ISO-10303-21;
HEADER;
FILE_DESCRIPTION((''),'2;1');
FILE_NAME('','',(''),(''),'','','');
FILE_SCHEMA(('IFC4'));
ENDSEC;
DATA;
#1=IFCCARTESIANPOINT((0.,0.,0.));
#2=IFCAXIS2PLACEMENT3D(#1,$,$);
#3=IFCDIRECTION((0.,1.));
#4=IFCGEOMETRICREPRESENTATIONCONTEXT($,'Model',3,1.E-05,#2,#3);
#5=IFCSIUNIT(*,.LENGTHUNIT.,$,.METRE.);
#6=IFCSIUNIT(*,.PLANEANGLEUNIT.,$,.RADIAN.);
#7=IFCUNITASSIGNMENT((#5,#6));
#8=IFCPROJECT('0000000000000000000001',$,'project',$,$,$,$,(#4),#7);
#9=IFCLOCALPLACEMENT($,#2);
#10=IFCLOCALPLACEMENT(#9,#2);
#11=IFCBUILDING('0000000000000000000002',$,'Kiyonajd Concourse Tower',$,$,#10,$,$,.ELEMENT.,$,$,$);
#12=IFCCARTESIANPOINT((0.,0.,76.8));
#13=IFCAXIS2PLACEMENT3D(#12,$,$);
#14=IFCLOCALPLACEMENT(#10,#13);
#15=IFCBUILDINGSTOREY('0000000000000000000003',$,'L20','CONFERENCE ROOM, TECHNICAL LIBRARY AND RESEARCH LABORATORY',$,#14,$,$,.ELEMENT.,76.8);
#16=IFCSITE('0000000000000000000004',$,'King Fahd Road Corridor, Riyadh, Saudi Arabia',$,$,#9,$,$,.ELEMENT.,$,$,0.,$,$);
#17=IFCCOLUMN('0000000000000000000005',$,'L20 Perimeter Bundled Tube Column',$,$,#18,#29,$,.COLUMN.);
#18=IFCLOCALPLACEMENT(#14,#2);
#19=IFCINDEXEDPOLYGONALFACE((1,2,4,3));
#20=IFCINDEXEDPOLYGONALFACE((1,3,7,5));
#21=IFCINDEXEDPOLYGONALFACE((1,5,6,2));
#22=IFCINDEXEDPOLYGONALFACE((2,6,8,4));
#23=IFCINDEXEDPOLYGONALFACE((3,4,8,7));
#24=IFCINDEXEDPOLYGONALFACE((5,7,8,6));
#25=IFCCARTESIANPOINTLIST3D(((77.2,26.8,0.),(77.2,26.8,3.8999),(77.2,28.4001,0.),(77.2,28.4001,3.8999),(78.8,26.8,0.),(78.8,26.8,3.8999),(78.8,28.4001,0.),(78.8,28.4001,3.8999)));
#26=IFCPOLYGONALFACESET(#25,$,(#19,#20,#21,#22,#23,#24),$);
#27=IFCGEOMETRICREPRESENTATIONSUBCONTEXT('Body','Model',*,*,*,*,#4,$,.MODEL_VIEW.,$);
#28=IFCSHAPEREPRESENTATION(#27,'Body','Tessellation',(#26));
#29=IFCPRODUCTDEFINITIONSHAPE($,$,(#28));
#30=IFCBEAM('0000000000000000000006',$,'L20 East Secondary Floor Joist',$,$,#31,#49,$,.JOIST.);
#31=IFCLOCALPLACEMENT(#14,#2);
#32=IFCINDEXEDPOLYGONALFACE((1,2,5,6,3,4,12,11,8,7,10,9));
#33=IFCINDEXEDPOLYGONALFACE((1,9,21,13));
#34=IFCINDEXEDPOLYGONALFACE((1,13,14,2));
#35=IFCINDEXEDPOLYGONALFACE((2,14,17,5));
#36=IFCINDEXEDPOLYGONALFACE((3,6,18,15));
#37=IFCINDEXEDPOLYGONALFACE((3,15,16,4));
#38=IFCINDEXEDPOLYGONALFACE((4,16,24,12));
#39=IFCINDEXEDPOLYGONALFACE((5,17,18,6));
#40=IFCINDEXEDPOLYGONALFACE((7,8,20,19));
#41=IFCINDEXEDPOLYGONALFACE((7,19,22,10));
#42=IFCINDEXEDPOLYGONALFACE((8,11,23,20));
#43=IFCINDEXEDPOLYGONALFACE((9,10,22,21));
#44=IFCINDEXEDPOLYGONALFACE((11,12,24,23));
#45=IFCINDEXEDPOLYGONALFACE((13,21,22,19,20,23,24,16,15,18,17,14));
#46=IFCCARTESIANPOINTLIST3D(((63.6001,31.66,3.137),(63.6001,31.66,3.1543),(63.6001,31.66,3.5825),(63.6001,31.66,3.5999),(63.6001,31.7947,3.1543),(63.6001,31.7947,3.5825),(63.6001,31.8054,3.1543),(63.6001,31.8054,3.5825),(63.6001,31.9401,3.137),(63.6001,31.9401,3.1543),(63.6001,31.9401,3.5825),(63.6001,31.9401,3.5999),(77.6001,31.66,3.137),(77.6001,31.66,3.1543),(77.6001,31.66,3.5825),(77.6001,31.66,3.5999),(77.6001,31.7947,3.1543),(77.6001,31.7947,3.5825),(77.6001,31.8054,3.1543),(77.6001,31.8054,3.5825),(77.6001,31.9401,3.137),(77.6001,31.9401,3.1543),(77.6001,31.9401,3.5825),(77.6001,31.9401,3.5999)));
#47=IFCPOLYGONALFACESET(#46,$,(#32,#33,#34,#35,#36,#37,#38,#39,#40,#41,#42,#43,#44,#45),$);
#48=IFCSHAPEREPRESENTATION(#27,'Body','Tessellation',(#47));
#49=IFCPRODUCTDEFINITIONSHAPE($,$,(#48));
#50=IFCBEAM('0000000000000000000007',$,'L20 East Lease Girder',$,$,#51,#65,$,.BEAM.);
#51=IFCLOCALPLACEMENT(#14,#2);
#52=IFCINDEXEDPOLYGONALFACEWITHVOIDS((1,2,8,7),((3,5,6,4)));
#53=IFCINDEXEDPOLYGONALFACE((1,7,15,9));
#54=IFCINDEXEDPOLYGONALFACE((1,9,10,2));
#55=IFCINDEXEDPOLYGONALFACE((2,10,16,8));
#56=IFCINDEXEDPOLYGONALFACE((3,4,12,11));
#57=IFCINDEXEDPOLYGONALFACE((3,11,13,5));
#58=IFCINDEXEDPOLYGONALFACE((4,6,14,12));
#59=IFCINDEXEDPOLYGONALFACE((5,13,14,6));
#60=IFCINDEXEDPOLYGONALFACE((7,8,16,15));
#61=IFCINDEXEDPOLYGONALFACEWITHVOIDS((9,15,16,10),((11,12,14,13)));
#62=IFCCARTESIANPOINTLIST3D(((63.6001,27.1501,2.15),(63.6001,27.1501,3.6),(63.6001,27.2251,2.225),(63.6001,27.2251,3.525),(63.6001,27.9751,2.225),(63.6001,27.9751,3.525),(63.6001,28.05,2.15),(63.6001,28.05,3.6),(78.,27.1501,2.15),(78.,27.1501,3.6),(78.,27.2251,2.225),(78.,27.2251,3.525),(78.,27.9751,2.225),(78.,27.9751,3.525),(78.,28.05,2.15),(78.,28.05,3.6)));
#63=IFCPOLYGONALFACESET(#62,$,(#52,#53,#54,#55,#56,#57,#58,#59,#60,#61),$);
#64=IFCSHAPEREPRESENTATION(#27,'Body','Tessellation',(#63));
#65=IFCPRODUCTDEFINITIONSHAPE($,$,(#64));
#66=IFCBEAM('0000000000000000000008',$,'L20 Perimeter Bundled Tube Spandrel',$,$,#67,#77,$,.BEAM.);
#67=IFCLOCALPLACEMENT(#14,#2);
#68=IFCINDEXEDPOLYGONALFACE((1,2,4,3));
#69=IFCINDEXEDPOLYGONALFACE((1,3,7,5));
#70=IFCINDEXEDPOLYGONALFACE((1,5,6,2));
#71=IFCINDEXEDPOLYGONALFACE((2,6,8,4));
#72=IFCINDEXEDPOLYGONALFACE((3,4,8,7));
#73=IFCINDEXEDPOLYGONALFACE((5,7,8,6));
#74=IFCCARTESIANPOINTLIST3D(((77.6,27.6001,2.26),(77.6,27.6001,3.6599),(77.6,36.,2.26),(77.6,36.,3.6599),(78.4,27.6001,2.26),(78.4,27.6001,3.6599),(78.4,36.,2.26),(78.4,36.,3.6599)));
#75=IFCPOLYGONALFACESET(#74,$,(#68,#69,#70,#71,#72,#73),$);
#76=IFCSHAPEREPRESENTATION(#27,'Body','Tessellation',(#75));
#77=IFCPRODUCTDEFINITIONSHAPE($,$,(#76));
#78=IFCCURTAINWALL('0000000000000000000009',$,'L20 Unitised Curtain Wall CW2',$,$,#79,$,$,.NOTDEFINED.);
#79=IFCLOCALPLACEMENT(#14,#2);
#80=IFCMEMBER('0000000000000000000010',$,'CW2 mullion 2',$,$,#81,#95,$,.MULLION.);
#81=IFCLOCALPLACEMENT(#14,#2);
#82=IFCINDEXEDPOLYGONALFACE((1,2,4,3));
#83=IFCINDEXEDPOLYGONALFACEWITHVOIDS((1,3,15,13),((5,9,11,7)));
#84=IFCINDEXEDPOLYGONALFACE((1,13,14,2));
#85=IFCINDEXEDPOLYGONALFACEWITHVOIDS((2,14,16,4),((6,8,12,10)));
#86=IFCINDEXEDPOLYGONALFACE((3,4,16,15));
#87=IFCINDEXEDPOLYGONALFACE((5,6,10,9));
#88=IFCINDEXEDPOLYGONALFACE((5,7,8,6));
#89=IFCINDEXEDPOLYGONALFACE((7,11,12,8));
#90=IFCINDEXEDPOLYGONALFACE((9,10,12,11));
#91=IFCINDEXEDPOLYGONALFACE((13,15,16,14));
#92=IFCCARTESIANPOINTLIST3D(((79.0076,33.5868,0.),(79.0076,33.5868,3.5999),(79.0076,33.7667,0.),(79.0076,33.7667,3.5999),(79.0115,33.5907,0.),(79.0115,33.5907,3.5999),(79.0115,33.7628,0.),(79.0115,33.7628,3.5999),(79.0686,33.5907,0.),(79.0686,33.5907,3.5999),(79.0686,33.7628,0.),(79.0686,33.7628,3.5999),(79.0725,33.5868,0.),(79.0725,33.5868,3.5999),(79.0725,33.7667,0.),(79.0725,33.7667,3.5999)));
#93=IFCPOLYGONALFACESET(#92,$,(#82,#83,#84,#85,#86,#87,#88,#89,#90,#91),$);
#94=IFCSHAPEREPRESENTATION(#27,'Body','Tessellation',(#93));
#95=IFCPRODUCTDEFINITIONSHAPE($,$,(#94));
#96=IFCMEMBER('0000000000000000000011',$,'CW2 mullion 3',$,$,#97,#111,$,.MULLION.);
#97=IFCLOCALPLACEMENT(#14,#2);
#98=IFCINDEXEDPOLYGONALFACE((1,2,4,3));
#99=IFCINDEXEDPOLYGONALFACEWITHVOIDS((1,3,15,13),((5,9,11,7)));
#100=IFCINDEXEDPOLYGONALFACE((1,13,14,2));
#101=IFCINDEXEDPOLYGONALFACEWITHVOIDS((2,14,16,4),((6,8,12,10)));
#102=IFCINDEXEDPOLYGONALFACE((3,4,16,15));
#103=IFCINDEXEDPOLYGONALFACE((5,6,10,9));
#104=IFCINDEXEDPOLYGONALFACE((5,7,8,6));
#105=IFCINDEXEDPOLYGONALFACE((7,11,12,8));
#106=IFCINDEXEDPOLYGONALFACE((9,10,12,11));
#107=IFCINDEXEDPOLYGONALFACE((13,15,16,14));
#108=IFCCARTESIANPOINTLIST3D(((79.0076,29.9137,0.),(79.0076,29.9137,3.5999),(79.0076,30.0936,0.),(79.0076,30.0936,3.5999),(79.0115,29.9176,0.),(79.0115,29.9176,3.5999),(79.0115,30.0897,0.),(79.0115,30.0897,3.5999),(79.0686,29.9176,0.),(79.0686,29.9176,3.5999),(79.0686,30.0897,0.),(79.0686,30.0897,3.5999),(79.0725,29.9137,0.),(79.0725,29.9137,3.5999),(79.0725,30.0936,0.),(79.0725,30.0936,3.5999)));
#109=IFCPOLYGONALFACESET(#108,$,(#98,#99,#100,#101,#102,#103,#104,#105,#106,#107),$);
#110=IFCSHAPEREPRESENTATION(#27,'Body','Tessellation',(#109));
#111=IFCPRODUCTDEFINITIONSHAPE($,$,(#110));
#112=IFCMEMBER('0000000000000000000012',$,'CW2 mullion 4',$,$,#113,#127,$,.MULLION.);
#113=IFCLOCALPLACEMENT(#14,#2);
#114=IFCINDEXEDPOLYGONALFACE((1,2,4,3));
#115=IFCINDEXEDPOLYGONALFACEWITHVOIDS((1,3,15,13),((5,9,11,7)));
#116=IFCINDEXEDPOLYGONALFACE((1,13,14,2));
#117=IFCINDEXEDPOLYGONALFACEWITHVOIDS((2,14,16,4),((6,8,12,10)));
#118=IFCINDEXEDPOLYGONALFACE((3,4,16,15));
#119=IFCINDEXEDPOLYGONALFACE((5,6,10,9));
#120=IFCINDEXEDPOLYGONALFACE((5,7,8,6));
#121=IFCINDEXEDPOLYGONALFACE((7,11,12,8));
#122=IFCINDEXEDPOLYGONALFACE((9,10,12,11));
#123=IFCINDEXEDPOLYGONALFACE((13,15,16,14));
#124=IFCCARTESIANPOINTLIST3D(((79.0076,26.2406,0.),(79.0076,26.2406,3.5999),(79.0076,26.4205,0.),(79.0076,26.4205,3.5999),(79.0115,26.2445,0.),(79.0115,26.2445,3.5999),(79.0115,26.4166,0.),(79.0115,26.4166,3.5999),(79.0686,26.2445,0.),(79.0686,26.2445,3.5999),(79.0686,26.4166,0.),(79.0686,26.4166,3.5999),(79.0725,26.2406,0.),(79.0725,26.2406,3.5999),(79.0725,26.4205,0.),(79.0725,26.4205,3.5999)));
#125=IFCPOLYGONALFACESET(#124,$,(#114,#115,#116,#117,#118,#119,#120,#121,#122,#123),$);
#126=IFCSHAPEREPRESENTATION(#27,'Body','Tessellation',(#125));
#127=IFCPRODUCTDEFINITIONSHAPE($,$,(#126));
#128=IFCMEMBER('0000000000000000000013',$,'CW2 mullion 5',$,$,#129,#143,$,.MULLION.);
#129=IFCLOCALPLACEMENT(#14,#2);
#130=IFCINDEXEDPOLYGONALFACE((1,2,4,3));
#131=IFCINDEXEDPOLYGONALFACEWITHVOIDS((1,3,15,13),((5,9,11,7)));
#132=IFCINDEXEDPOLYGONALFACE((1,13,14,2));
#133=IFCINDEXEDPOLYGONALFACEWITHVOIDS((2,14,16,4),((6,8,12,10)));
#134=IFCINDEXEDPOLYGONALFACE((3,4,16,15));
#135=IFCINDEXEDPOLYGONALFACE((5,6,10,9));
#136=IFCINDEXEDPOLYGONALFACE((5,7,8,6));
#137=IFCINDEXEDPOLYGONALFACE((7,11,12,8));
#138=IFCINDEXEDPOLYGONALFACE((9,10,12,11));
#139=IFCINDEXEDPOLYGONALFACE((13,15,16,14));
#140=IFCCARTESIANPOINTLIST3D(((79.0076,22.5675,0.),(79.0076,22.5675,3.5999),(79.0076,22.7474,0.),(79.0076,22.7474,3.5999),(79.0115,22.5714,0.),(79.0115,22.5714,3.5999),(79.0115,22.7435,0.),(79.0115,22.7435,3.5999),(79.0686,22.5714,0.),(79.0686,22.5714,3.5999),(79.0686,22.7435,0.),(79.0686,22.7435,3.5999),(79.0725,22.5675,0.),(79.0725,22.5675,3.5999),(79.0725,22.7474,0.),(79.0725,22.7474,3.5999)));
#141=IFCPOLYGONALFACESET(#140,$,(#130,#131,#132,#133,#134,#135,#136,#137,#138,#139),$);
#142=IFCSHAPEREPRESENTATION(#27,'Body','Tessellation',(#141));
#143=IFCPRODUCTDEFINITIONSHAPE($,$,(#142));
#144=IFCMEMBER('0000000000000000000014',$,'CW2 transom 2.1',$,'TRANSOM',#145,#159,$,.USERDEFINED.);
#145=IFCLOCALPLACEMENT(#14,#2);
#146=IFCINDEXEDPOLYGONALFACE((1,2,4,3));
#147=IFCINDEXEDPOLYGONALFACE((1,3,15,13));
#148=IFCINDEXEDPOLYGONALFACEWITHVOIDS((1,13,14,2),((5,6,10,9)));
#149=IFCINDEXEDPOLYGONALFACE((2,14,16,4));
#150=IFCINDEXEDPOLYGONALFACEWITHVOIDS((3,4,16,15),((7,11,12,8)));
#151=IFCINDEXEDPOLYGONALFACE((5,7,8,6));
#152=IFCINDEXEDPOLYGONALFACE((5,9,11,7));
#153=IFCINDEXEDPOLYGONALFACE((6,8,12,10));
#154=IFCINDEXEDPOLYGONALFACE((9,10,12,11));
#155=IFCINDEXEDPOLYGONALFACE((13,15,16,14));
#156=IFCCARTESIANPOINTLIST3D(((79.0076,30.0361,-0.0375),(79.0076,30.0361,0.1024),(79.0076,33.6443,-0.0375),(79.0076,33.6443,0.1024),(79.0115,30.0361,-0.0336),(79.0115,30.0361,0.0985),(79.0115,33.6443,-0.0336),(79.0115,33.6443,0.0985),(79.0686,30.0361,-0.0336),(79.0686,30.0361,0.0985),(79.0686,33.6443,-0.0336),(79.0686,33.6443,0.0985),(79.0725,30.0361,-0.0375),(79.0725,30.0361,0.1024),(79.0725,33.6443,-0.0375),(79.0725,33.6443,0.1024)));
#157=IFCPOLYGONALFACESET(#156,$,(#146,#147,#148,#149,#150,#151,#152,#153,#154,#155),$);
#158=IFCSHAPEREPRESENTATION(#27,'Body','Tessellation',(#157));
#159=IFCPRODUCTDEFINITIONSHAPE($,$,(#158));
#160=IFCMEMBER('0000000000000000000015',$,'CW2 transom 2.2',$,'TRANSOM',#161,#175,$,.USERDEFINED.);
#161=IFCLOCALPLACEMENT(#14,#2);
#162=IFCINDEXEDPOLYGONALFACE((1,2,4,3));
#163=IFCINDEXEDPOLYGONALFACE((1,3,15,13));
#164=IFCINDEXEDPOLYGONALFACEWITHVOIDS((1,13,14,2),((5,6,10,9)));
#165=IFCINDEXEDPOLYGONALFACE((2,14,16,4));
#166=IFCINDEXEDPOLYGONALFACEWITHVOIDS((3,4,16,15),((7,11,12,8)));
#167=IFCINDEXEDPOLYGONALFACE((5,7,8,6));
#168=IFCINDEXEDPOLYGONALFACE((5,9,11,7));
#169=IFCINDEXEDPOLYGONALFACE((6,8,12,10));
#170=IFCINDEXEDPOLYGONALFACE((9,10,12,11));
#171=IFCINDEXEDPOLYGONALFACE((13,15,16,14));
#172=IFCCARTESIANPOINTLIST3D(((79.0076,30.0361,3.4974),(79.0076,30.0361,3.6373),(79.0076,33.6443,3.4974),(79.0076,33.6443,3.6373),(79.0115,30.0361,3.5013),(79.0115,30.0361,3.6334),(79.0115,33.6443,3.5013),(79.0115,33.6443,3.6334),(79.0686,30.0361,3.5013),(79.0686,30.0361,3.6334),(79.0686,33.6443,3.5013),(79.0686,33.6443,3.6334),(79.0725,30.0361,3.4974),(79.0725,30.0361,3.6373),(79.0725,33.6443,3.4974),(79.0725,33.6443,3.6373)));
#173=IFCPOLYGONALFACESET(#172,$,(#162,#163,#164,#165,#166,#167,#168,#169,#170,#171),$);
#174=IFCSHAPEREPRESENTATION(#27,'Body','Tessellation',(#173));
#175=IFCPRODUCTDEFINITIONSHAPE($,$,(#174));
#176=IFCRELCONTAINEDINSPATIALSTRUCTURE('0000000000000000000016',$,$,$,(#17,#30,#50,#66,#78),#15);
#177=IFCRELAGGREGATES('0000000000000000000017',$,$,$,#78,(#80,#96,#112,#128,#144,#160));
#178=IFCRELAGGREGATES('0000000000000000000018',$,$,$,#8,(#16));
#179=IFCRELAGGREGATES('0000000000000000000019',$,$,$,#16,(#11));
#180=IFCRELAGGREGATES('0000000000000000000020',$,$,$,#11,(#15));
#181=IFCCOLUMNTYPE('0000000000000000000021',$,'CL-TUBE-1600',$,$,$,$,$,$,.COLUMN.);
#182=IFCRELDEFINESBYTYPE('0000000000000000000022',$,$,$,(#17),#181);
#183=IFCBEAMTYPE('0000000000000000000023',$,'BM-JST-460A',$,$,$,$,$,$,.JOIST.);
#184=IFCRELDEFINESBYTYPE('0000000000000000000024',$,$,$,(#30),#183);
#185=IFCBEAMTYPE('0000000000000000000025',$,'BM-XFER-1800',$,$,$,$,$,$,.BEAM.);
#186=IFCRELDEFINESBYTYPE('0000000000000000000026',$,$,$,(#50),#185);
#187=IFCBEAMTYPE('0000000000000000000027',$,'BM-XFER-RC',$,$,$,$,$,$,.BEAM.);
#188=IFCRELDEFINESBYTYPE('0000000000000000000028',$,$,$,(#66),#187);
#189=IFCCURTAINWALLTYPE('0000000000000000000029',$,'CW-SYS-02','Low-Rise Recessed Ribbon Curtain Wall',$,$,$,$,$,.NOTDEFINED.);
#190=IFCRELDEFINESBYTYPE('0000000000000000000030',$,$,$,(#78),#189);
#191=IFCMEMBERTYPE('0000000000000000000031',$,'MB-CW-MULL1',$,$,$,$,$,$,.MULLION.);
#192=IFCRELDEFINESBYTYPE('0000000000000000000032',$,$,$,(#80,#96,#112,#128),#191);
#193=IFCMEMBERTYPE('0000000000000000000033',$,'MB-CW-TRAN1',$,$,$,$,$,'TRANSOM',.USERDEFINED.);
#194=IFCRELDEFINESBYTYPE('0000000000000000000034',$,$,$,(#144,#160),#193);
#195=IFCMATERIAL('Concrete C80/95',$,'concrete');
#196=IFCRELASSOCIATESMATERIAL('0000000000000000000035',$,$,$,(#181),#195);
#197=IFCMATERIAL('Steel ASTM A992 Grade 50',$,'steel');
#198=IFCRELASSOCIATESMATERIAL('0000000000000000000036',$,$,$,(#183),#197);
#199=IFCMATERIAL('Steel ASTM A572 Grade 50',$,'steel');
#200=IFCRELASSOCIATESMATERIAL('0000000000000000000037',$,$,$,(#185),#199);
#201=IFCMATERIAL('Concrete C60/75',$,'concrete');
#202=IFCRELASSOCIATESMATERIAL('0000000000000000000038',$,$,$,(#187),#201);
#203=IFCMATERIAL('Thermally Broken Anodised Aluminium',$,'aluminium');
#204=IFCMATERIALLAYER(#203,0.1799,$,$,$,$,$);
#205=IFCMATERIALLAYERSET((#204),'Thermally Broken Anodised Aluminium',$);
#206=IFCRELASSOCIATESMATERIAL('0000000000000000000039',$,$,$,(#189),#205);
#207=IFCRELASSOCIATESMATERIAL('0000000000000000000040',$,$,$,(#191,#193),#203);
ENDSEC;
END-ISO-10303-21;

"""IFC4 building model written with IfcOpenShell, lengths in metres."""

from ifc_helpers import new_model, si_unit, direction, frame, origin, origin_2d, place, context, subcontext, project, spatial, rectangle, hollow_rectangle, i_section, extrude, material, layer, layer_set, material_profile, profile_set, type_object, element, aggregate, save


model = new_model("IFC4")

# Units and contexts
model_context = context("Model", 3, precision=1e-05, world=origin(), true_north=direction((0.0, 1.0)))
body_context = subcontext(model_context, "Body", "Model", "MODEL_VIEW")
ifc_project = project(units=[si_unit("LENGTHUNIT", "METRE"), si_unit("PLANEANGLEUNIT", "RADIAN")], contexts=[model_context])

# Site, building, storey
site_placement = place(None, origin())
site = spatial("IfcSite", under=ifc_project, at=site_placement, Name="King Fahd Road Corridor, Riyadh, Saudi Arabia", CompositionType="ELEMENT", RefElevation=0.0)
building_placement = place(site_placement, origin())
building = spatial("IfcBuilding", under=site, at=building_placement, Name="Kiyonajd Concourse Tower", CompositionType="ELEMENT")
storey_placement = place(building_placement, frame((0.0, 0.0, 76.8)))
storey = spatial("IfcBuildingStorey", under=building, at=storey_placement, Name="L20", Description="CONFERENCE ROOM, TECHNICAL LIBRARY AND RESEARCH LABORATORY", CompositionType="ELEMENT", Elevation=76.8)

# Column
ifc_material_1 = material(Name="Concrete C80/95", Category="concrete")
ifc_material_profile_1 = material_profile(ifc_material_1, rectangle(XDim=1.6001, YDim=1.6001, at=origin_2d()), Name="RC-1600x1600")
ifc_profile_set_1 = profile_set([ifc_material_profile_1], Name="Concrete C80/95")
column_type = type_object("IfcColumnType", Name="CL-TUBE-1600", PredefinedType="COLUMN", material=ifc_profile_set_1)
column_placement = place(storey_placement, frame((78.0, 27.6001, 0.0), z_axis=(0.0, 0.0, 1.0), x_axis=(1.0, 0.0, 0.0)))
element("IfcColumn", 1, at=column_placement, inside=storey, type_object=column_type, Name="L20 Perimeter Bundled Tube Column", PredefinedType="COLUMN", context=body_context, shape_type="SweptSolid", body=[
    extrude(rectangle(XDim=1.6001, YDim=1.6001, at=origin_2d()), origin(), (0.0, 0.0, 1.0), 3.8999),
])

# Beams
ifc_material_2 = material(Name="Steel ASTM A992 Grade 50", Category="steel")
ifc_material_profile_2 = material_profile(ifc_material_2, i_section(OverallWidth=0.28, OverallDepth=0.4629, WebThickness=0.0107, FlangeThickness=0.0173, at=origin_2d()), Name="W460X113")
ifc_profile_set_2 = profile_set([ifc_material_profile_2], Name="Steel ASTM A992 Grade 50")
beam_type_1 = type_object("IfcBeamType", Name="BM-JST-460A", PredefinedType="JOIST", material=ifc_profile_set_2)
beam_1_placement = place(storey_placement, frame((63.6001, 31.8, 3.3684), z_axis=(1.0, 0.0, 0.0), x_axis=(0.0, 1.0, 0.0)))
element("IfcBeam", 2, at=beam_1_placement, inside=storey, type_object=beam_type_1, Name="L20 East Secondary Floor Joist", PredefinedType="JOIST", context=body_context, shape_type="SweptSolid", body=[
    extrude(i_section(OverallWidth=0.28, OverallDepth=0.4629, WebThickness=0.0107, FlangeThickness=0.0173, at=origin_2d()), origin(), (0.0, 0.0, 1.0), 14.0),
])
ifc_material_3 = material(Name="Steel ASTM A572 Grade 50", Category="steel")
ifc_material_profile_3 = material_profile(ifc_material_3, hollow_rectangle(XDim=0.8999, YDim=1.45, WallThickness=0.075, at=origin_2d()), Name="BOX-1450x900x75")
ifc_profile_set_3 = profile_set([ifc_material_profile_3], Name="Steel ASTM A572 Grade 50")
beam_type_2 = type_object("IfcBeamType", Name="BM-XFER-1800", PredefinedType="BEAM", material=ifc_profile_set_3)
beam_2_placement = place(storey_placement, frame((63.6001, 27.6001, 2.875), z_axis=(1.0, 0.0, 0.0), x_axis=(0.0, 1.0, 0.0)))
element("IfcBeam", 3, at=beam_2_placement, inside=storey, type_object=beam_type_2, Name="L20 East Lease Girder", PredefinedType="BEAM", context=body_context, shape_type="SweptSolid", body=[
    extrude(hollow_rectangle(XDim=0.8999, YDim=1.45, WallThickness=0.075, at=origin_2d()), origin(), (0.0, 0.0, 1.0), 14.3999),
])
ifc_material_4 = material(Name="Concrete C60/75", Category="concrete")
ifc_material_profile_4 = material_profile(ifc_material_4, rectangle(XDim=0.8, YDim=1.3999, at=origin_2d()), Name="RCBM-800x1400")
ifc_profile_set_4 = profile_set([ifc_material_profile_4], Name="Concrete C60/75")
beam_type_3 = type_object("IfcBeamType", Name="BM-XFER-RC", PredefinedType="BEAM", material=ifc_profile_set_4)
beam_3_placement = place(storey_placement, frame((78.0, 27.6001, 2.96), z_axis=(0.0, 1.0, 0.0), x_axis=(-1.0, 0.0, 0.0)))
element("IfcBeam", 4, at=beam_3_placement, inside=storey, type_object=beam_type_3, Name="L20 Perimeter Bundled Tube Spandrel", PredefinedType="BEAM", context=body_context, shape_type="SweptSolid", body=[
    extrude(rectangle(XDim=0.8, YDim=1.3999, at=origin_2d()), origin(), (0.0, 0.0, 1.0), 8.3999),
])

# Curtain wall, members
ifc_material_5 = material(Name="Thermally Broken Anodised Aluminium", Category="aluminium")
ifc_layer_1 = layer(ifc_material_5, 0.1799)
ifc_layer_set_1 = layer_set([ifc_layer_1], Name="Thermally Broken Anodised Aluminium")
curtain_wall_type = type_object("IfcCurtainWallType", Name="CW-SYS-02", Description="Low-Rise Recessed Ribbon Curtain Wall", PredefinedType="NOTDEFINED", material=ifc_layer_set_1)
curtain_wall_placement = place(storey_placement, origin())
curtain_wall = element("IfcCurtainWall", 5, at=curtain_wall_placement, inside=storey, type_object=curtain_wall_type, Name="L20 Unitised Curtain Wall CW2", PredefinedType="NOTDEFINED")
ifc_material_profile_5 = material_profile(ifc_material_5, hollow_rectangle(XDim=0.0649, YDim=0.1799, WallThickness=0.0039, at=origin_2d()), Name="MULL-65x180")
ifc_profile_set_5 = profile_set([ifc_material_profile_5], Name="Thermally Broken Anodised Aluminium")
member_type_1 = type_object("IfcMemberType", Name="MB-CW-MULL1", PredefinedType="MULLION", material=ifc_profile_set_5)
member_1_placement = place(storey_placement, frame((79.04, 33.6768, 0.0), z_axis=(0.0, 0.0, 1.0), x_axis=(1.0, 0.0, 0.0)))
member_1 = element("IfcMember", 6, at=member_1_placement, type_object=member_type_1, Name="CW2 mullion 2", PredefinedType="MULLION", context=body_context, shape_type="SweptSolid", body=[
    extrude(hollow_rectangle(XDim=0.0649, YDim=0.1799, WallThickness=0.0039, at=origin_2d()), origin(), (0.0, 0.0, 1.0), 3.5999),
])
member_2_placement = place(storey_placement, frame((79.04, 30.0037, 0.0), z_axis=(0.0, 0.0, 1.0), x_axis=(1.0, 0.0, 0.0)))
member_2 = element("IfcMember", 7, at=member_2_placement, type_object=member_type_1, Name="CW2 mullion 3", PredefinedType="MULLION", context=body_context, shape_type="SweptSolid", body=[
    extrude(hollow_rectangle(XDim=0.0649, YDim=0.1799, WallThickness=0.0039, at=origin_2d()), origin(), (0.0, 0.0, 1.0), 3.5999),
])
member_3_placement = place(storey_placement, frame((79.04, 26.3306, 0.0), z_axis=(0.0, 0.0, 1.0), x_axis=(1.0, 0.0, 0.0)))
member_3 = element("IfcMember", 8, at=member_3_placement, type_object=member_type_1, Name="CW2 mullion 4", PredefinedType="MULLION", context=body_context, shape_type="SweptSolid", body=[
    extrude(hollow_rectangle(XDim=0.0649, YDim=0.1799, WallThickness=0.0039, at=origin_2d()), origin(), (0.0, 0.0, 1.0), 3.5999),
])
member_4_placement = place(storey_placement, frame((79.04, 22.6575, 0.0), z_axis=(0.0, 0.0, 1.0), x_axis=(1.0, 0.0, 0.0)))
member_4 = element("IfcMember", 9, at=member_4_placement, type_object=member_type_1, Name="CW2 mullion 5", PredefinedType="MULLION", context=body_context, shape_type="SweptSolid", body=[
    extrude(hollow_rectangle(XDim=0.0649, YDim=0.1799, WallThickness=0.0039, at=origin_2d()), origin(), (0.0, 0.0, 1.0), 3.5999),
])
ifc_material_profile_6 = material_profile(ifc_material_5, hollow_rectangle(XDim=0.0649, YDim=0.1399, WallThickness=0.0039, at=origin_2d()), Name="TRAN-65x140")
ifc_profile_set_6 = profile_set([ifc_material_profile_6], Name="Thermally Broken Anodised Aluminium")
member_type_2 = type_object("IfcMemberType", Name="MB-CW-TRAN1", ElementType="TRANSOM", PredefinedType="USERDEFINED", material=ifc_profile_set_6)
member_5_placement = place(storey_placement, frame((79.04, 33.6443, 0.0325), z_axis=(0.0, -1.0, 0.0), x_axis=(1.0, 0.0, 0.0)))
member_5 = element("IfcMember", 10, at=member_5_placement, type_object=member_type_2, Name="CW2 transom 2.1", ObjectType="TRANSOM", PredefinedType="USERDEFINED", context=body_context, shape_type="SweptSolid", body=[
    extrude(hollow_rectangle(XDim=0.0649, YDim=0.1399, WallThickness=0.0039, at=origin_2d()), origin(), (0.0, 0.0, 1.0), 3.6082),
])
member_6_placement = place(storey_placement, frame((79.04, 33.6443, 3.5674), z_axis=(0.0, -1.0, 0.0), x_axis=(1.0, 0.0, 0.0)))
member_6 = element("IfcMember", 11, at=member_6_placement, type_object=member_type_2, Name="CW2 transom 2.2", ObjectType="TRANSOM", PredefinedType="USERDEFINED", context=body_context, shape_type="SweptSolid", body=[
    extrude(hollow_rectangle(XDim=0.0649, YDim=0.1399, WallThickness=0.0039, at=origin_2d()), origin(), (0.0, 0.0, 1.0), 3.6082),
])

aggregate(curtain_wall, [member_1, member_2, member_3, member_4, member_5, member_6])

save(model, "model.ifc")
